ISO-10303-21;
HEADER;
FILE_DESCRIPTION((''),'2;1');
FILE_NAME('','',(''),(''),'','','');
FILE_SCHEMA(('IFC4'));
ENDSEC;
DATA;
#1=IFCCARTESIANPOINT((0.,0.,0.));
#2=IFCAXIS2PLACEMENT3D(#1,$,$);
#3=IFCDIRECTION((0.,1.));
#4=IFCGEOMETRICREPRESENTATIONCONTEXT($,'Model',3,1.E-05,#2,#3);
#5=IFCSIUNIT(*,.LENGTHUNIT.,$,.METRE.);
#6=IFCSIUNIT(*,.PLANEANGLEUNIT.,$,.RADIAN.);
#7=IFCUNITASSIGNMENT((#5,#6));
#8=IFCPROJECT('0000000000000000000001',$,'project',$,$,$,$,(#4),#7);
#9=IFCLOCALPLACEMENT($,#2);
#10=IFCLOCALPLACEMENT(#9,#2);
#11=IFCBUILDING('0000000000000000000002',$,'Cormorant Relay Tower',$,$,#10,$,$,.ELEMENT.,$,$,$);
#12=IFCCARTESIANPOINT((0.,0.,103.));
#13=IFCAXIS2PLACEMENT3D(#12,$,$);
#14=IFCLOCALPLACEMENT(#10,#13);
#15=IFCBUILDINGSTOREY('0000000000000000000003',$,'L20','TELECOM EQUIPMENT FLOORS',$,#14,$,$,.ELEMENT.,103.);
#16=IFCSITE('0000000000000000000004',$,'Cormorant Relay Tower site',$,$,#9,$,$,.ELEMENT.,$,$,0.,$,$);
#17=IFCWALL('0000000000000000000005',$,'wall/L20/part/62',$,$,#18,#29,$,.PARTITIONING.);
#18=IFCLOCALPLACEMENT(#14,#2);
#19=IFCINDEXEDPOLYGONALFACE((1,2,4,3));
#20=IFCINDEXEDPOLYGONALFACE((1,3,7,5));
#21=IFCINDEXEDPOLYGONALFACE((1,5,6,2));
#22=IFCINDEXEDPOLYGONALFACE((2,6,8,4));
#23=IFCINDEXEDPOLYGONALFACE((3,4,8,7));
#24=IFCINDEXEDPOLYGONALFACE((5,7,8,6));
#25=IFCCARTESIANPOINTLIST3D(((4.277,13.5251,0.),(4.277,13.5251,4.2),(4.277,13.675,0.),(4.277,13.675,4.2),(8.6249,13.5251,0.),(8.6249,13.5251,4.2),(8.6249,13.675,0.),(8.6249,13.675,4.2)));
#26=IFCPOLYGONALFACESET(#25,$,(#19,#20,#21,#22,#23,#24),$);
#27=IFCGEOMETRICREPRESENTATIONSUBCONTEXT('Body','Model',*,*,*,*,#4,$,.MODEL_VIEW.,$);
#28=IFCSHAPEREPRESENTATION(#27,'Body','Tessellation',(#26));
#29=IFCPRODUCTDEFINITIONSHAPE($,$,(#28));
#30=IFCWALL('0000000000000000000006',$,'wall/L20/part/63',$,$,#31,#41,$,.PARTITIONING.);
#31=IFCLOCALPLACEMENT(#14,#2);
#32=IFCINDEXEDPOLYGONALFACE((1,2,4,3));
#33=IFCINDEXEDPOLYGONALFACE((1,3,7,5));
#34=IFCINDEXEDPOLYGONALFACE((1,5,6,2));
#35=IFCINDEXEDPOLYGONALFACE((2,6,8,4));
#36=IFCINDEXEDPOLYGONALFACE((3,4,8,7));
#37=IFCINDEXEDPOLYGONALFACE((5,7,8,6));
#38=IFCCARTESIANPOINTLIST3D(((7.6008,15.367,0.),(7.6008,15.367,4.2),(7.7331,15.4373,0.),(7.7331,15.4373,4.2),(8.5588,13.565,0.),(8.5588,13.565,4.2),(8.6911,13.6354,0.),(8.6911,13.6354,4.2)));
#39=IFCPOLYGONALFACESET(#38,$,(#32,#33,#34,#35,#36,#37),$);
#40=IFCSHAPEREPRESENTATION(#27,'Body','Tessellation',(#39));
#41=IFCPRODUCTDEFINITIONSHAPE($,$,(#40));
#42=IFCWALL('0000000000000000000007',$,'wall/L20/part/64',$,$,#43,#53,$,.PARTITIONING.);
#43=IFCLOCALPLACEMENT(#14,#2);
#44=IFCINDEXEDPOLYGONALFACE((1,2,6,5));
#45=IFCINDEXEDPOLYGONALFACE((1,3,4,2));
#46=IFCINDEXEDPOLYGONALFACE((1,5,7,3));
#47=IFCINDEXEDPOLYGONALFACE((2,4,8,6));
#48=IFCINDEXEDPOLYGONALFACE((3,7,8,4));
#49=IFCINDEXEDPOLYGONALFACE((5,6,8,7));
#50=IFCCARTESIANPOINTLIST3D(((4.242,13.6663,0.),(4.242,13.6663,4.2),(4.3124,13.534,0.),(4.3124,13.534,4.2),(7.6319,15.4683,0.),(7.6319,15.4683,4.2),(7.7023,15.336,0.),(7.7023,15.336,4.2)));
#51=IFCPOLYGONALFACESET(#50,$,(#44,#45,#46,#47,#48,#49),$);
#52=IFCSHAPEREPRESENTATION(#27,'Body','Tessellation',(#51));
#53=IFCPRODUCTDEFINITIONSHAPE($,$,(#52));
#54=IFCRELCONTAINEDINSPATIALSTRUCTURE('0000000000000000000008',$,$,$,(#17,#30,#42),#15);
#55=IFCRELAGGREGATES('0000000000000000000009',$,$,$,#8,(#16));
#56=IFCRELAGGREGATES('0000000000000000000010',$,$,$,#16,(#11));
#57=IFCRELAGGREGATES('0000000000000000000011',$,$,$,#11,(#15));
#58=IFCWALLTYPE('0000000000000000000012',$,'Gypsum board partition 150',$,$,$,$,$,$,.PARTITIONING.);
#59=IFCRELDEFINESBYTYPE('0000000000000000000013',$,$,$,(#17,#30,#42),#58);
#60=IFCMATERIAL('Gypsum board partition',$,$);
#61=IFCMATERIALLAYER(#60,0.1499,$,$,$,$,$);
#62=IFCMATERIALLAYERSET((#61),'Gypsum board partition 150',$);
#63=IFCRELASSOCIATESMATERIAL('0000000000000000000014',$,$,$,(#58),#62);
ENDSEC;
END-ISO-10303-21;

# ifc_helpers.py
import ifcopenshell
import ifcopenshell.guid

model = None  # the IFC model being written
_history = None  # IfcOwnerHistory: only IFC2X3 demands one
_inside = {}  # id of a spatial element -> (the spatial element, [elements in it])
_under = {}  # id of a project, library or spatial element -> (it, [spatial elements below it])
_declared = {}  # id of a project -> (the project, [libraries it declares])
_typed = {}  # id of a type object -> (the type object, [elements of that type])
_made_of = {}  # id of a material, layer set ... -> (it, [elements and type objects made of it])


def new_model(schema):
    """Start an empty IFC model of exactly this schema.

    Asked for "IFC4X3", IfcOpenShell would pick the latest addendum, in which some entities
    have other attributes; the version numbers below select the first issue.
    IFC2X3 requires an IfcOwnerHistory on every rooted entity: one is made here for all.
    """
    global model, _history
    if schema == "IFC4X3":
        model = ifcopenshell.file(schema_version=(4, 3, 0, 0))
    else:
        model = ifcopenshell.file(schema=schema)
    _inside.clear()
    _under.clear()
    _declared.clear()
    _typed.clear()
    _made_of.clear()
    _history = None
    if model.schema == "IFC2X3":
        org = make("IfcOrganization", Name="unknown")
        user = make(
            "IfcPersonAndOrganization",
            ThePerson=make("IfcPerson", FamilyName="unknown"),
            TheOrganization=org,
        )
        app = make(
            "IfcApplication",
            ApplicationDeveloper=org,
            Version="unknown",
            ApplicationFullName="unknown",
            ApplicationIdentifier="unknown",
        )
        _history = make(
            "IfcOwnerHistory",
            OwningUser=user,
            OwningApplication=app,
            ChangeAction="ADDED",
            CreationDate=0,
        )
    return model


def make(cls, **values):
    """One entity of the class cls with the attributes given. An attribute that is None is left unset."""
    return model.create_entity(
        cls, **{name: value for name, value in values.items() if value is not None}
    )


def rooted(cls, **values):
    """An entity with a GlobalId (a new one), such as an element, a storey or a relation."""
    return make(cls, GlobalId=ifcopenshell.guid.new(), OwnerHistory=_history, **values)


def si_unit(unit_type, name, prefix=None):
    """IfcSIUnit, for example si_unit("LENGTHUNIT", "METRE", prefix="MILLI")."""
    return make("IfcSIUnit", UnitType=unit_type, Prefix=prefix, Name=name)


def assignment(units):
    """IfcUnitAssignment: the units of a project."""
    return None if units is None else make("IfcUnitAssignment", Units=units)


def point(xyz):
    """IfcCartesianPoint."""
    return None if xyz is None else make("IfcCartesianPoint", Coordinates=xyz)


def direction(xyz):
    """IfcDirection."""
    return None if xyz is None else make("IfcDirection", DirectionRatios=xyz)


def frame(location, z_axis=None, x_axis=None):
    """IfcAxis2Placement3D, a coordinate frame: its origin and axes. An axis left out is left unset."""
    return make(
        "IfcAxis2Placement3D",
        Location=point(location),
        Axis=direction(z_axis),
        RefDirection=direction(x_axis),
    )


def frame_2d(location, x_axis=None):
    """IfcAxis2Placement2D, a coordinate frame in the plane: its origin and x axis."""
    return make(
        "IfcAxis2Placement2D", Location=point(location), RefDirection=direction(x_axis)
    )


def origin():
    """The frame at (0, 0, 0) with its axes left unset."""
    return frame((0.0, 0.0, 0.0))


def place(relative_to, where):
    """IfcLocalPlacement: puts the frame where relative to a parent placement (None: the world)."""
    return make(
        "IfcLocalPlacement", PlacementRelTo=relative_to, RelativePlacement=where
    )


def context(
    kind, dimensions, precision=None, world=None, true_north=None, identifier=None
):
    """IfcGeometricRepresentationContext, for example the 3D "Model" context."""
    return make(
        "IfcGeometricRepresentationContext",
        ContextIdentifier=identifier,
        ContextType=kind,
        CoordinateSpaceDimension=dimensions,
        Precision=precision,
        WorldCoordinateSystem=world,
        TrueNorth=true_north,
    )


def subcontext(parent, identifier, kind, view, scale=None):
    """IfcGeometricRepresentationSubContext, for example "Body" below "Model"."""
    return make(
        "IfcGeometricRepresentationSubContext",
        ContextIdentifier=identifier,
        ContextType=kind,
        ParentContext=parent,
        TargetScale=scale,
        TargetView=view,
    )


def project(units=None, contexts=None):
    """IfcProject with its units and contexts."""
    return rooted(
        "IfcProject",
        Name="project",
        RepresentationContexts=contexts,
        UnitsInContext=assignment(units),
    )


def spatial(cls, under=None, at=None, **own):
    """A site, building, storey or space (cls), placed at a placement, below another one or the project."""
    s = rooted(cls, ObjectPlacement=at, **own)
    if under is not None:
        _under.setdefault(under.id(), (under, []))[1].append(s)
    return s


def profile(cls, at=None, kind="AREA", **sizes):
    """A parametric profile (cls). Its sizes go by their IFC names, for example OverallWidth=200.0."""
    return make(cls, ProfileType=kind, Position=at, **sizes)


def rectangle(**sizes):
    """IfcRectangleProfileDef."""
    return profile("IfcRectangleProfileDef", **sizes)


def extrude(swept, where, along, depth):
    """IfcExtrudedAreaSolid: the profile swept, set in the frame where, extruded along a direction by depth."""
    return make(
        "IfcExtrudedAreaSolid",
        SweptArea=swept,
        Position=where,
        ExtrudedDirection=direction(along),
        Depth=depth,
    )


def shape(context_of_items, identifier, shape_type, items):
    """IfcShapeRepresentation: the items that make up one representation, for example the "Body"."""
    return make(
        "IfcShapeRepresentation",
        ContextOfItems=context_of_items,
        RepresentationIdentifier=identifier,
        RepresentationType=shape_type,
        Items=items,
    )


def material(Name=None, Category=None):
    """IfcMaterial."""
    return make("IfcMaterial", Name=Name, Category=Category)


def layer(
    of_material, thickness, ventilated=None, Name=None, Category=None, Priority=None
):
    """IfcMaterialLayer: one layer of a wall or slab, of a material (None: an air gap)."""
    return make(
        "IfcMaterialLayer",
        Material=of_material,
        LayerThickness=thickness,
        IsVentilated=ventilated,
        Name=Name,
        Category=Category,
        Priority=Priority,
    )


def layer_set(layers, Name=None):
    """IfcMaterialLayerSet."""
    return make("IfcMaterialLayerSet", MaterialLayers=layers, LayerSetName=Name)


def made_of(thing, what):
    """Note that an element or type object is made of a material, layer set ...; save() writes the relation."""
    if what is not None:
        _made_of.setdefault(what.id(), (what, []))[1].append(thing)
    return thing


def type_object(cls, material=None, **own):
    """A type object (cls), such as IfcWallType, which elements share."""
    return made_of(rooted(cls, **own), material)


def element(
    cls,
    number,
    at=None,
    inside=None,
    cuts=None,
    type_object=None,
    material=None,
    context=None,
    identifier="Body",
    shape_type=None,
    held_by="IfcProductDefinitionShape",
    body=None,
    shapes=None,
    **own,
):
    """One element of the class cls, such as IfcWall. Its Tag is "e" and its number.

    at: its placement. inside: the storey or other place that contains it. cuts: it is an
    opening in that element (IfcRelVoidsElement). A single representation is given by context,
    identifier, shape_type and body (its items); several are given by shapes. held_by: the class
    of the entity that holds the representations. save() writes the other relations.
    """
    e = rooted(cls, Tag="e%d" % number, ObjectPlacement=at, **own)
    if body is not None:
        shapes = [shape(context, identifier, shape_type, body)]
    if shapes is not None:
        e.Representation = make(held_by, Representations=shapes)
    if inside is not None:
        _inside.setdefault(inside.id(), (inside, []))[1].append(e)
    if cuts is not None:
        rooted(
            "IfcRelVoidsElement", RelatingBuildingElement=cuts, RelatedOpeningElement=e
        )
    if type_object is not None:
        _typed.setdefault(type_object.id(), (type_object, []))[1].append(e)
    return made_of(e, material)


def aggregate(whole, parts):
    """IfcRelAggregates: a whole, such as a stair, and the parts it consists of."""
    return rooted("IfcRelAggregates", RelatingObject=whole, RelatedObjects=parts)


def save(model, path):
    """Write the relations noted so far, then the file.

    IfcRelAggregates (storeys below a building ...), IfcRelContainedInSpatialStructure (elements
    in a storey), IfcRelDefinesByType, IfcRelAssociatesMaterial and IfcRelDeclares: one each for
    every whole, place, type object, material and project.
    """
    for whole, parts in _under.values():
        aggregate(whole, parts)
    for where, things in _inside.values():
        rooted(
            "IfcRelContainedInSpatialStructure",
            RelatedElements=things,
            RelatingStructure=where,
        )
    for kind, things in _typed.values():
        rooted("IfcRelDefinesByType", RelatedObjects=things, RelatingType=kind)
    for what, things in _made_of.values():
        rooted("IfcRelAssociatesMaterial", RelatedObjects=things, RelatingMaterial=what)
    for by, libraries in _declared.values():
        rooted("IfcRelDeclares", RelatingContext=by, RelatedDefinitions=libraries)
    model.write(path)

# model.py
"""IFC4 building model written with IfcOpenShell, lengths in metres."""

from ifc_helpers import new_model, si_unit, direction, frame, frame_2d, origin, place, context, subcontext, project, spatial, rectangle, extrude, material, layer, layer_set, type_object, element, save


model = new_model("IFC4")

# Units and contexts
model_context = context("Model", 3, precision=1e-05, world=origin(), true_north=direction((0.0, 1.0)))
body_context = subcontext(model_context, "Body", "Model", "MODEL_VIEW")
ifc_project = project(units=[si_unit("LENGTHUNIT", "METRE"), si_unit("PLANEANGLEUNIT", "RADIAN")], contexts=[model_context])

# Site, building, storey
site_placement = place(None, origin())
site = spatial("IfcSite", under=ifc_project, at=site_placement, Name="Cormorant Relay Tower site", CompositionType="ELEMENT", RefElevation=0.0)
building_placement = place(site_placement, origin())
building = spatial("IfcBuilding", under=site, at=building_placement, Name="Cormorant Relay Tower", CompositionType="ELEMENT")
storey_placement = place(building_placement, frame((0.0, 0.0, 103.0)))
storey = spatial("IfcBuildingStorey", under=building, at=storey_placement, Name="L20", Description="TELECOM EQUIPMENT FLOORS", CompositionType="ELEMENT", Elevation=103.0)

# Walls
ifc_material_1 = material(Name="Gypsum board partition")
ifc_layer_1 = layer(ifc_material_1, 0.1499)
ifc_layer_set_1 = layer_set([ifc_layer_1], Name="Gypsum board partition 150")
wall_type_1 = type_object("IfcWallType", Name="Gypsum board partition 150", PredefinedType="PARTITIONING", material=ifc_layer_set_1)
wall_1_placement = place(storey_placement, frame((4.2771, 13.6001, 0.0), z_axis=(0.0, 0.0, 1.0), x_axis=(1.0, 0.0, 0.0)))
element("IfcWall", 1, at=wall_1_placement, inside=storey, type_object=wall_type_1, Name="wall/L20/part/62", PredefinedType="PARTITIONING", context=body_context, shape_type="SweptSolid", body=[
    extrude(rectangle(XDim=4.3479, YDim=0.1499, at=frame_2d((2.1738, 0.0))), origin(), (0.0, 0.0, 1.0), 4.2),
])
wall_2_placement = place(storey_placement, frame((8.625, 13.6001, 0.0), z_axis=(0.0, 0.0, 1.0), x_axis=(-0.469421, 0.882975, 0.0)))
element("IfcWall", 2, at=wall_2_placement, inside=storey, type_object=wall_type_1, Name="wall/L20/part/63", PredefinedType="PARTITIONING", context=body_context, shape_type="SweptSolid", body=[
    extrude(rectangle(XDim=2.0408, YDim=0.1499, at=frame_2d((1.0205, 0.0))), origin(), (0.0, 0.0, 1.0), 4.2),
])
wall_3_placement = place(storey_placement, frame((7.667, 15.4021, 0.0), z_axis=(0.0, 0.0, 1.0), x_axis=(-0.882995, -0.469383, 0.0)))
element("IfcWall", 3, at=wall_3_placement, inside=storey, type_object=wall_type_1, Name="wall/L20/part/64", PredefinedType="PARTITIONING", context=body_context, shape_type="SweptSolid", body=[
    extrude(rectangle(XDim=3.8391, YDim=0.1499, at=frame_2d((1.9194, 0.0))), origin(), (0.0, 0.0, 1.0), 4.2),
])

save(model, "model.ifc")
